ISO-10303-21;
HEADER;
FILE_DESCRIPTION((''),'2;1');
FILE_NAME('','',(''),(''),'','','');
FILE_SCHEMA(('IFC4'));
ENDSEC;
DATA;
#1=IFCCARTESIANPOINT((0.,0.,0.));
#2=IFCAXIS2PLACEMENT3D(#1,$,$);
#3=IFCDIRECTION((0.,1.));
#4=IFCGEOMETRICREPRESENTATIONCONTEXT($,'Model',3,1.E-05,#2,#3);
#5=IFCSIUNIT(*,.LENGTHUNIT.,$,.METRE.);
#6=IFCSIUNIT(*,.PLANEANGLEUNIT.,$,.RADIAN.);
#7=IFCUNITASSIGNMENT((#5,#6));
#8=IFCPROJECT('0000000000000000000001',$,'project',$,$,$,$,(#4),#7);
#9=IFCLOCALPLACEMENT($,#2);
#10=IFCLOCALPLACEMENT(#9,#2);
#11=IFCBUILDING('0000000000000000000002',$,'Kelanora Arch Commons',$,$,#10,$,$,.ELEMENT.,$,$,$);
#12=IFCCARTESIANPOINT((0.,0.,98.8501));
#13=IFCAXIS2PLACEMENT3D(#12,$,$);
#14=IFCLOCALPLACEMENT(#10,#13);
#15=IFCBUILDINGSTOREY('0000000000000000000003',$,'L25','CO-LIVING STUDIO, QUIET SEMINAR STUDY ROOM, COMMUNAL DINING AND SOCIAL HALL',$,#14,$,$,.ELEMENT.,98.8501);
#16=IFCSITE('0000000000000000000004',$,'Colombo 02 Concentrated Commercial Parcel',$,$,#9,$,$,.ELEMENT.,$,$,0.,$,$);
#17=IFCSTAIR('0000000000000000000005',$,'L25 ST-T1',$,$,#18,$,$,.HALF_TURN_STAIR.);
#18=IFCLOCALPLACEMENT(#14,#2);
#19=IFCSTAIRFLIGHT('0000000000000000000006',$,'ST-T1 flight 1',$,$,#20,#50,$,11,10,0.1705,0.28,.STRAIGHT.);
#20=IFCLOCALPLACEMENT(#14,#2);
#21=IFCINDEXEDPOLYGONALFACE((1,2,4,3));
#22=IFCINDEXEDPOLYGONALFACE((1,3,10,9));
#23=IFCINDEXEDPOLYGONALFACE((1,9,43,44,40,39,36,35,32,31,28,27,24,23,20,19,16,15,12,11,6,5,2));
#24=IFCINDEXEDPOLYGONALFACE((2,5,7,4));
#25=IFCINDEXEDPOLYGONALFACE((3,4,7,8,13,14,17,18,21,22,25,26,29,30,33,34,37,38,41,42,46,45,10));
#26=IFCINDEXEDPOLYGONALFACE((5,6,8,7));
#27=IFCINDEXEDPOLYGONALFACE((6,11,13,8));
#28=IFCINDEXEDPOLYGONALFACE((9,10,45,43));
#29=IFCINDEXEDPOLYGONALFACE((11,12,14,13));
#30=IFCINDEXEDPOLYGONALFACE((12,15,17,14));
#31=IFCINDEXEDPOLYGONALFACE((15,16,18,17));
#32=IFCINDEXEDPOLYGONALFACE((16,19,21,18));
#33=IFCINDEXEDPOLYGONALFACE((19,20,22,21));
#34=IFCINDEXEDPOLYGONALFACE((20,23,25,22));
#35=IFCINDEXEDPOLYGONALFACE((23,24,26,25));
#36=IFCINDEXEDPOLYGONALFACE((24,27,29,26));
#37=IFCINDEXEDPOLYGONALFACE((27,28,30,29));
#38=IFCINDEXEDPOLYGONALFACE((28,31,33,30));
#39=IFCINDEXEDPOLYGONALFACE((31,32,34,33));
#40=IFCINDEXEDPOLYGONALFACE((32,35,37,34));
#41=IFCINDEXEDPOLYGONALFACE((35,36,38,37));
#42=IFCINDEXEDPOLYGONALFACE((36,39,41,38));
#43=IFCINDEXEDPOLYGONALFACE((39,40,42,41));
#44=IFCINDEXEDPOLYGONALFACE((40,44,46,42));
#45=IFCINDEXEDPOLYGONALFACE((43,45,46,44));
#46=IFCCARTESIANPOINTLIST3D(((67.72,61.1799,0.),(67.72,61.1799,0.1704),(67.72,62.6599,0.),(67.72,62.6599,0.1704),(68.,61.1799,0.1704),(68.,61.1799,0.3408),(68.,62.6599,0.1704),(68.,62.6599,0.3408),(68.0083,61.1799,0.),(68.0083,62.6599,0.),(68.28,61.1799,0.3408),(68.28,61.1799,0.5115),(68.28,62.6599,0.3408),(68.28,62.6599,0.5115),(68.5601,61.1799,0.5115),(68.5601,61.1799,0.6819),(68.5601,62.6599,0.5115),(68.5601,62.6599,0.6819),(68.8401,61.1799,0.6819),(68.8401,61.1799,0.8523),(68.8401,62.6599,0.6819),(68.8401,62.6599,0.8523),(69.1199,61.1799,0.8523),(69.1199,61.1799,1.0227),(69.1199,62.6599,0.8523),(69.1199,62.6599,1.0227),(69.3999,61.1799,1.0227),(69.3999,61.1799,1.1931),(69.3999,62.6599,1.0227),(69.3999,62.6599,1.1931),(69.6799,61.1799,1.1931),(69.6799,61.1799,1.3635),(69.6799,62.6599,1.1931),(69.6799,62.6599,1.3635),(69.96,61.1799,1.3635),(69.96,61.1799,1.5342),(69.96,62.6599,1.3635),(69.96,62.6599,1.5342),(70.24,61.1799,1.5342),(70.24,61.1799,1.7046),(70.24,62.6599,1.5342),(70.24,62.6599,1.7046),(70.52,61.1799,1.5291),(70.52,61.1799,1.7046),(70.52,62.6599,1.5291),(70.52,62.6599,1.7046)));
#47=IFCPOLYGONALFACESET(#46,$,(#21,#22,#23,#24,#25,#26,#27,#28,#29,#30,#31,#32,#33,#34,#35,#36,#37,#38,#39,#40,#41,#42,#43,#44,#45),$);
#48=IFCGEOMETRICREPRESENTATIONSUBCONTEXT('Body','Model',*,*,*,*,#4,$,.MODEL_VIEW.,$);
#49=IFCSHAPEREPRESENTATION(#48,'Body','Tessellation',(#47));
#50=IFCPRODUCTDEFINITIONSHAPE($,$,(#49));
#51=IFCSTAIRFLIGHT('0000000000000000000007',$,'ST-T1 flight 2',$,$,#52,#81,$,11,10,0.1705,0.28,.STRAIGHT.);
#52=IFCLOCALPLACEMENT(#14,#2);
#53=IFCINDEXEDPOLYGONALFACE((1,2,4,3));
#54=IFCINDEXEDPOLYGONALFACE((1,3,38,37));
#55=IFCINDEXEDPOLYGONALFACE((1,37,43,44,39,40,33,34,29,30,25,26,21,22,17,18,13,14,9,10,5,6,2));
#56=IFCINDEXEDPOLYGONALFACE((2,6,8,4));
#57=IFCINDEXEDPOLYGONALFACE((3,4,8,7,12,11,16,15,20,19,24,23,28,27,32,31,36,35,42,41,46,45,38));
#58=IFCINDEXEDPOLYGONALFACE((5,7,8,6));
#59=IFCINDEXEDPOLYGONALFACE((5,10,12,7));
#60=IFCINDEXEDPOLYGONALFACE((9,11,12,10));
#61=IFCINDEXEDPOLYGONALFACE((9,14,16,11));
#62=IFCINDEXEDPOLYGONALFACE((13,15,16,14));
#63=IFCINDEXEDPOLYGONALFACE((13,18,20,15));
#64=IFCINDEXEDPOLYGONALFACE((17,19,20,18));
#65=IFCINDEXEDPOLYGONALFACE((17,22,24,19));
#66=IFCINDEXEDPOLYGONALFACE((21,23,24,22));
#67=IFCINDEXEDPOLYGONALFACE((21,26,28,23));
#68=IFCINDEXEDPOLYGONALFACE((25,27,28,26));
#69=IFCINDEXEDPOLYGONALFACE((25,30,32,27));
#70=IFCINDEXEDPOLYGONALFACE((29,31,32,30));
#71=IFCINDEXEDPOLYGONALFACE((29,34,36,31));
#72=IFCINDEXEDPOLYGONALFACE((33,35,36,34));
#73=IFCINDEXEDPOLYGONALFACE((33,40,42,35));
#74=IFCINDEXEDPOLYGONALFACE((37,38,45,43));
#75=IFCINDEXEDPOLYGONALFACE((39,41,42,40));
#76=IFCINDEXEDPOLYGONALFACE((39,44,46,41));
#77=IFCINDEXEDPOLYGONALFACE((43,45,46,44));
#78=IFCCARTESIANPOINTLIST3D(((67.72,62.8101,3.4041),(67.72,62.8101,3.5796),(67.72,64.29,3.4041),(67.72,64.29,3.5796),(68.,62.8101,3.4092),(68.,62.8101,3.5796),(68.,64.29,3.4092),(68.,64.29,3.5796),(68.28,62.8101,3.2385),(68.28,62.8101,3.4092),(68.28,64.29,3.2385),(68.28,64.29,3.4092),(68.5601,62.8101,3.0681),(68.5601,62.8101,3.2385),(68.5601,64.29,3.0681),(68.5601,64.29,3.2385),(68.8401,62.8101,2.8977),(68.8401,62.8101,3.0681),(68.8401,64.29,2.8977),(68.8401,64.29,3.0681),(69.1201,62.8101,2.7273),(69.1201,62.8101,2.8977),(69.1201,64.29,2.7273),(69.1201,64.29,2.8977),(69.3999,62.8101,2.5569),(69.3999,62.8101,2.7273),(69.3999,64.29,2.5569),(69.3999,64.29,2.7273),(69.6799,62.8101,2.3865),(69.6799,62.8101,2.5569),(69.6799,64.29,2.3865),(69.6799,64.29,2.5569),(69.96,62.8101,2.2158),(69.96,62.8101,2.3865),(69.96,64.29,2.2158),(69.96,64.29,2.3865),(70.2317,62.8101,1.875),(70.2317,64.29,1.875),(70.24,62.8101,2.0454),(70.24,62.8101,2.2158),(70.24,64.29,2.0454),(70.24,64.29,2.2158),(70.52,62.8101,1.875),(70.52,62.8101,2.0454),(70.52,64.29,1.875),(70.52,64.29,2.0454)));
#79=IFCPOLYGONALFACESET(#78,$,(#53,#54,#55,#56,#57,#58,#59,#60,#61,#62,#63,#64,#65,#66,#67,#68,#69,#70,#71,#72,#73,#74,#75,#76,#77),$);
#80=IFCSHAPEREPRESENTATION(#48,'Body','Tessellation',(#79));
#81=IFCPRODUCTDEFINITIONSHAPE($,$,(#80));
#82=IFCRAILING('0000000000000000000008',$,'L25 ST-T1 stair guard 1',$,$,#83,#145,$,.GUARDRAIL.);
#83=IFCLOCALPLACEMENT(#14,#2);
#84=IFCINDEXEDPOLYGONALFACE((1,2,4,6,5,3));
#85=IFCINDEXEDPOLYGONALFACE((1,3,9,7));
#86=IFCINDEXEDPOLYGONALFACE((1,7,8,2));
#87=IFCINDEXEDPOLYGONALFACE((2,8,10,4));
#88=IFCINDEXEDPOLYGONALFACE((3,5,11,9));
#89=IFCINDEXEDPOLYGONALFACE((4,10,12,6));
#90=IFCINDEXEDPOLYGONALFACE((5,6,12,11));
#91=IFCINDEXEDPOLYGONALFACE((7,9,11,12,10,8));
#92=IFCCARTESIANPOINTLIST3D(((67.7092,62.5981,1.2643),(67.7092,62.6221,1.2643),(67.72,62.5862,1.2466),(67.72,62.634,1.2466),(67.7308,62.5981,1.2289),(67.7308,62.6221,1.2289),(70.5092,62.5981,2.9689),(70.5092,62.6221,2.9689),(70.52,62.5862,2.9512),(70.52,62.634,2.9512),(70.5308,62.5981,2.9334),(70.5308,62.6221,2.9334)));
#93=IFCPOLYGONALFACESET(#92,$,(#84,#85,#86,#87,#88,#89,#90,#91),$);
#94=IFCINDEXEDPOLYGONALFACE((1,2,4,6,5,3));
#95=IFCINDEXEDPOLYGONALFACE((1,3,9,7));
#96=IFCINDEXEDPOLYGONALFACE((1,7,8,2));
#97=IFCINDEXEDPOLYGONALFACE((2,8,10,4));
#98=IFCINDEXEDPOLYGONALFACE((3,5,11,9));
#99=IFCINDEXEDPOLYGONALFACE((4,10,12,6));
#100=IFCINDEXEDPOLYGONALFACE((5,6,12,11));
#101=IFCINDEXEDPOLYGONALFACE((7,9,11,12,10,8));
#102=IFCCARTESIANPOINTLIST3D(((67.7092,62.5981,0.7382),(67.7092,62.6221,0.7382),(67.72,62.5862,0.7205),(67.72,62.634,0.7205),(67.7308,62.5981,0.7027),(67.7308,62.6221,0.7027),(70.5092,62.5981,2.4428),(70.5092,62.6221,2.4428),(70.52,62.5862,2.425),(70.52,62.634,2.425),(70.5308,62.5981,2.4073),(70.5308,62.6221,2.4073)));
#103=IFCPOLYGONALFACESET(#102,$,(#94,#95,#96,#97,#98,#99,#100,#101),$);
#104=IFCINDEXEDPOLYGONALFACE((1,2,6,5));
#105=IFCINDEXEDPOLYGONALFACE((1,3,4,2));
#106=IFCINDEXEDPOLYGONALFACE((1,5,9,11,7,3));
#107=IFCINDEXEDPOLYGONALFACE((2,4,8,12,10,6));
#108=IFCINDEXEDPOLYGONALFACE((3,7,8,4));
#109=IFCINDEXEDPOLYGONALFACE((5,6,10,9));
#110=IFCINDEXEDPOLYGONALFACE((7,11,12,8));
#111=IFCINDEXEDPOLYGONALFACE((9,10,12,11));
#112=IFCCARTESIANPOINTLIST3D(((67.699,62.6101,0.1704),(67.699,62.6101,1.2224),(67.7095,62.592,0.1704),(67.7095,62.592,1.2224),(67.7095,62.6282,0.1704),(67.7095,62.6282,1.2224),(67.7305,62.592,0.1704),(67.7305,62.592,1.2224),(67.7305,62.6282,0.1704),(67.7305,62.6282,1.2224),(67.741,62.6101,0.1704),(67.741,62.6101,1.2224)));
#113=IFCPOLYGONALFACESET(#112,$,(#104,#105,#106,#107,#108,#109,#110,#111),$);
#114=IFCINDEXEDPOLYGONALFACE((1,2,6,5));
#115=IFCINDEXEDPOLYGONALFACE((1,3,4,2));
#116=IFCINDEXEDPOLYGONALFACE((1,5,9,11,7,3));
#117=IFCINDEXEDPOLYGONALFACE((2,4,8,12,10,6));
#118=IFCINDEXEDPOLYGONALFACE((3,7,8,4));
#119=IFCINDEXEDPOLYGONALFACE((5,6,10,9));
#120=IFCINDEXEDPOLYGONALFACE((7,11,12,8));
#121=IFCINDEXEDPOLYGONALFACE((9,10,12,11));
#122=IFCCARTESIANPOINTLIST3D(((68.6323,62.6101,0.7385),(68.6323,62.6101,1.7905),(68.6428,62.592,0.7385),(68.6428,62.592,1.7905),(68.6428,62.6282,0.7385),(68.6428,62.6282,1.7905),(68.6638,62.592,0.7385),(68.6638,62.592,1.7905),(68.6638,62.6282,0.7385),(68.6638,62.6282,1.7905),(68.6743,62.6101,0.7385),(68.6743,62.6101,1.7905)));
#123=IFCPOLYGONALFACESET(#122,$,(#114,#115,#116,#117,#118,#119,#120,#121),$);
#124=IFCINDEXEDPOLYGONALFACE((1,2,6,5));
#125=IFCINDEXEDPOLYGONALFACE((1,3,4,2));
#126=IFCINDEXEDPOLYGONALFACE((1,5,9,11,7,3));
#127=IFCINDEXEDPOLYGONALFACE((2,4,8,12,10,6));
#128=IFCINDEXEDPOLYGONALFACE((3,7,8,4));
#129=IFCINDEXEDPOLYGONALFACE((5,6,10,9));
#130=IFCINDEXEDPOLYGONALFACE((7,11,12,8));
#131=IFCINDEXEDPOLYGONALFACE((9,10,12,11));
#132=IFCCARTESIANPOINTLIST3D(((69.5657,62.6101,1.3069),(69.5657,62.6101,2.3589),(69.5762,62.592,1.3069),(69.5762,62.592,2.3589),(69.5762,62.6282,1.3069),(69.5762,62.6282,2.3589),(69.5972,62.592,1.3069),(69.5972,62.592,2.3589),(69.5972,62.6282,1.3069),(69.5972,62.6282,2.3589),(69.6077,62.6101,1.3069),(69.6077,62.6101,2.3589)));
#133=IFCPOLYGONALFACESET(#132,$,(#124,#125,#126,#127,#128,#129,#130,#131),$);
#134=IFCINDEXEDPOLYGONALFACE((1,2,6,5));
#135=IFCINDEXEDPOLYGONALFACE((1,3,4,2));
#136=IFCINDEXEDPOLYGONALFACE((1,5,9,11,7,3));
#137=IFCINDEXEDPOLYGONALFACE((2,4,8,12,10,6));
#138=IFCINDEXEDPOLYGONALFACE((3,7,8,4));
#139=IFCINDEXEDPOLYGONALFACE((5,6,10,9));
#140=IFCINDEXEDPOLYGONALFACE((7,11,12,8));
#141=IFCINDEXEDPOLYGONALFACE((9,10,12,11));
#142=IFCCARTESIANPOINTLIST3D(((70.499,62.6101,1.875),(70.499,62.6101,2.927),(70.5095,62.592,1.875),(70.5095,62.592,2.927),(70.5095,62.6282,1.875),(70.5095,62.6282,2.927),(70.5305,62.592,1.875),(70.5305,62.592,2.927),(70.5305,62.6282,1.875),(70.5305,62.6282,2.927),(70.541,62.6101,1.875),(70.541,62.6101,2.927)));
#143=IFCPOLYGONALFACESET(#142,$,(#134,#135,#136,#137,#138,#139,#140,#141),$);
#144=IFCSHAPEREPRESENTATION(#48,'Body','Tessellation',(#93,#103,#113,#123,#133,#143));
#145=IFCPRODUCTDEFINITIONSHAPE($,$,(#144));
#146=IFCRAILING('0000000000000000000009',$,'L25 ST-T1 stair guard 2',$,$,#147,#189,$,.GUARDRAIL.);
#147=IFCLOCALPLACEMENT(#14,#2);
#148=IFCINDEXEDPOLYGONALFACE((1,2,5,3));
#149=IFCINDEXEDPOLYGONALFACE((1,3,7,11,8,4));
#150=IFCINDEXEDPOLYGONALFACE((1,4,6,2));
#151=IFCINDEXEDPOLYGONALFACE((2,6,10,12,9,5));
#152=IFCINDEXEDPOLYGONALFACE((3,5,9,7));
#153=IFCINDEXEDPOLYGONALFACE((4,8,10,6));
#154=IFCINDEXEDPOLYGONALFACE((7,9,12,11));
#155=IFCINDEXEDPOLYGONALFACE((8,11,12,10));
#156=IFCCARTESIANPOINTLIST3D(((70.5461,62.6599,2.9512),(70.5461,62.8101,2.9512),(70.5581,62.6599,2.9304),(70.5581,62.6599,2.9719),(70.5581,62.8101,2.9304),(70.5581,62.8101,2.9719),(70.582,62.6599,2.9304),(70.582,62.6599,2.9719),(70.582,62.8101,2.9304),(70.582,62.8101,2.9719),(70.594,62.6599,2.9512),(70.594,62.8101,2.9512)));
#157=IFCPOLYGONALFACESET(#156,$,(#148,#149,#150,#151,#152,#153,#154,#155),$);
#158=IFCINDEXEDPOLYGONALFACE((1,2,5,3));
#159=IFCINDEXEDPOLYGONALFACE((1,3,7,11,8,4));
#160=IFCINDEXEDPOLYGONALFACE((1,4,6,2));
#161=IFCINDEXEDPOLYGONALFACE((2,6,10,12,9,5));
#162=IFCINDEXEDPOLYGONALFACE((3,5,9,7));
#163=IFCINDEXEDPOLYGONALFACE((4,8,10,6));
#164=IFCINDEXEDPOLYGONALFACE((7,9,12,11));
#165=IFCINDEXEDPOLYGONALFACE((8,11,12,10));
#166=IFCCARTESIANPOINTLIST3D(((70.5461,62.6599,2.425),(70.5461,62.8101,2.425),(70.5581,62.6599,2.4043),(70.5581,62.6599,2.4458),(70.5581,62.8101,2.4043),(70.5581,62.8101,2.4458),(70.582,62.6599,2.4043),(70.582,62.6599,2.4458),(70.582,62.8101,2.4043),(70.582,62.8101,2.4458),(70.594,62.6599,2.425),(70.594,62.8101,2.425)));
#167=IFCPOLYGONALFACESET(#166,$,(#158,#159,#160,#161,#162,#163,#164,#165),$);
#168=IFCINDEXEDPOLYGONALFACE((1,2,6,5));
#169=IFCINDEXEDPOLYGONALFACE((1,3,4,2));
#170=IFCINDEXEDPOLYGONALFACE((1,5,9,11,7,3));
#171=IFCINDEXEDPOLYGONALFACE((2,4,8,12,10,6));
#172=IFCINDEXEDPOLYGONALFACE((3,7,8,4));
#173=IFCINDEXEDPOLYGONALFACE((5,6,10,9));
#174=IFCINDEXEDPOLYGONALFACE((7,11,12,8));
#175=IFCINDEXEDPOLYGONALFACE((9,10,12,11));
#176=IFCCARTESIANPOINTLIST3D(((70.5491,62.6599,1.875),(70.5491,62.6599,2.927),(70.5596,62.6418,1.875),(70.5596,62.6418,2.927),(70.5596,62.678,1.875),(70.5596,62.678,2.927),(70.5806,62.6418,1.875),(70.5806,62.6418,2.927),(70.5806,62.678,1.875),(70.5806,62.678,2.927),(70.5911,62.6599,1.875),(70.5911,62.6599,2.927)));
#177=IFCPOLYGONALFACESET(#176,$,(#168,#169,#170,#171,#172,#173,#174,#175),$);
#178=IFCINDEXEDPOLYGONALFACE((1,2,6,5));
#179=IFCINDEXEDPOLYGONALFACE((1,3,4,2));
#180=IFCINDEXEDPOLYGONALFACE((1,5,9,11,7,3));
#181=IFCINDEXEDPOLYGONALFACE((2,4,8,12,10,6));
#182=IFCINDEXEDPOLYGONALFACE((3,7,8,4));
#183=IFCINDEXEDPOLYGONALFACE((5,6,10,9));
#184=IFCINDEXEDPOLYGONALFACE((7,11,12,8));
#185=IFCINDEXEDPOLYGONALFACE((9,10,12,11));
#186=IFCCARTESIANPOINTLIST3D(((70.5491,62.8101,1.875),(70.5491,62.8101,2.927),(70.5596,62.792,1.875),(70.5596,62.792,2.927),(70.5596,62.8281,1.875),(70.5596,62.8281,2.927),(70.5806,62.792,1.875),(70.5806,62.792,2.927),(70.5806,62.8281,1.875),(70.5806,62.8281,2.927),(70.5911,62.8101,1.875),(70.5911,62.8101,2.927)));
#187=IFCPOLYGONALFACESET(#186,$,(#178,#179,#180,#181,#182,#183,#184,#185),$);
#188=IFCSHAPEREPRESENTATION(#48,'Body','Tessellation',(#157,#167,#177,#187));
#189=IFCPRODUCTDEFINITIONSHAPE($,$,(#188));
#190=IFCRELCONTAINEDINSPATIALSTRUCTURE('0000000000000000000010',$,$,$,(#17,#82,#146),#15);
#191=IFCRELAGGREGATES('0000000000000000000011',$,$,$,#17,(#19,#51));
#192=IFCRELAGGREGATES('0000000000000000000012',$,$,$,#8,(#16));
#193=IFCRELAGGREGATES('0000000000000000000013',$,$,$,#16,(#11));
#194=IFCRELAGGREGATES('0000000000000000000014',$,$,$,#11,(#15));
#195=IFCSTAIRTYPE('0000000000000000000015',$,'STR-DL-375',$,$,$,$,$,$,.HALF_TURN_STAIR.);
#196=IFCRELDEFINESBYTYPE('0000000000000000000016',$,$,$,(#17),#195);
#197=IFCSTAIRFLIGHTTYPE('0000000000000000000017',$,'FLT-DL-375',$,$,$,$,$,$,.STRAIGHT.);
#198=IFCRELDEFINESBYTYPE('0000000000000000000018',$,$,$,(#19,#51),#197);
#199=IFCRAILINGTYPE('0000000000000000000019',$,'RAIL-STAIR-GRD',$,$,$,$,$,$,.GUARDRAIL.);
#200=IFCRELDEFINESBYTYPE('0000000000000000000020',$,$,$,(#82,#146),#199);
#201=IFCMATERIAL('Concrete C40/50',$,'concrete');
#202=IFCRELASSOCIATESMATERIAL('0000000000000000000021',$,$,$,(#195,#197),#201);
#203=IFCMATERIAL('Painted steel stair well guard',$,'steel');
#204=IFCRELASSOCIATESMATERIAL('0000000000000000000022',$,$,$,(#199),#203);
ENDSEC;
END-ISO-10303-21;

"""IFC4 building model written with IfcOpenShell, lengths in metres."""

from ifc_helpers import new_model, si_unit, direction, frame, origin, place, context, subcontext, project, spatial, polyline, outline, extrude, material, type_object, element, aggregate, save


model = new_model("IFC4")

# Units and contexts
model_context = context("Model", 3, precision=1e-05, world=origin(), true_north=direction((0.0, 1.0)))
body_context = subcontext(model_context, "Body", "Model", "MODEL_VIEW")
ifc_project = project(units=[si_unit("LENGTHUNIT", "METRE"), si_unit("PLANEANGLEUNIT", "RADIAN")], contexts=[model_context])

# Site, building, storey
site_placement = place(None, origin())
site = spatial("IfcSite", under=ifc_project, at=site_placement, Name="Colombo 02 Concentrated Commercial Parcel", CompositionType="ELEMENT", RefElevation=0.0)
building_placement = place(site_placement, origin())
building = spatial("IfcBuilding", under=site, at=building_placement, Name="Kelanora Arch Commons", CompositionType="ELEMENT")
storey_placement = place(building_placement, frame((0.0, 0.0, 98.8501)))
storey = spatial("IfcBuildingStorey", under=building, at=storey_placement, Name="L25", Description="CO-LIVING STUDIO, QUIET SEMINAR STUDY ROOM, COMMUNAL DINING AND SOCIAL HALL", CompositionType="ELEMENT", Elevation=98.8501)

# Shared definitions
ifc_material_1 = material(Name="Concrete C40/50", Category="concrete")

# Stair, stair flights
stair_type = type_object("IfcStairType", Name="STR-DL-375", PredefinedType="HALF_TURN_STAIR", material=ifc_material_1)
stair_placement = place(storey_placement, origin())
stair = element("IfcStair", 1, at=stair_placement, inside=storey, type_object=stair_type, Name="L25 ST-T1", PredefinedType="HALF_TURN_STAIR")
stair_flight_type = type_object("IfcStairFlightType", Name="FLT-DL-375", PredefinedType="STRAIGHT", material=ifc_material_1)
stair_flight_1_placement = place(storey_placement, frame((67.72, 61.9199, 0.0), z_axis=(0.0, 0.0, 1.0), x_axis=(1.0, 0.0, 0.0)))
stair_flight_1 = element("IfcStairFlight", 2, at=stair_flight_1_placement, type_object=stair_flight_type, Name="ST-T1 flight 1", NumberOfRisers=11, NumberOfTreads=10, PredefinedType="STRAIGHT", RiserHeight=0.1705, TreadLength=0.28, context=body_context, shape_type="SweptSolid", body=[
    extrude(outline(polyline([(0.0, 0.0), (0.0, 0.1704), (0.28, 0.1704), (0.28, 0.3408), (0.5601, 0.3408), (0.5601, 0.5115), (0.8401, 0.5115), (0.8401, 0.6819), (1.1201, 0.6819), (1.1201, 0.8523), (1.3999, 0.8523), (1.3999, 1.0227), (1.6799, 1.0227), (1.6799, 1.1931), (1.96, 1.1931), (1.96, 1.3635), (2.24, 1.3635), (2.24, 1.5342), (2.52, 1.5342), (2.52, 1.7046), (2.8, 1.7046), (2.8, 1.875), (2.8, 1.5291), (0.2883, 0.0), (0.0, 0.0)])), frame((0.0, 0.74, 0.0), z_axis=(0.0, -1.0, 0.0), x_axis=(1.0, 0.0, 0.0)), (0.0, 0.0, 1.0), 1.48),
])
stair_flight_2_placement = place(storey_placement, frame((70.52, 63.55, 1.875), z_axis=(0.0, 0.0, 1.0), x_axis=(-1.0, 0.0, 0.0)))
stair_flight_2 = element("IfcStairFlight", 3, at=stair_flight_2_placement, type_object=stair_flight_type, Name="ST-T1 flight 2", NumberOfRisers=11, NumberOfTreads=10, PredefinedType="STRAIGHT", RiserHeight=0.1705, TreadLength=0.28, context=body_context, shape_type="SweptSolid", body=[
    extrude(outline(polyline([(0.0, 0.0), (0.0, 0.1704), (0.28, 0.1704), (0.28, 0.3408), (0.5601, 0.3408), (0.5601, 0.5115), (0.8401, 0.5115), (0.8401, 0.6819), (1.1201, 0.6819), (1.1201, 0.8523), (1.3999, 0.8523), (1.3999, 1.0227), (1.6799, 1.0227), (1.6799, 1.1931), (1.96, 1.1931), (1.96, 1.3635), (2.24, 1.3635), (2.24, 1.5342), (2.52, 1.5342), (2.52, 1.7046), (2.8, 1.7046), (2.8, 1.875), (2.8, 1.5291), (0.2883, 0.0), (0.0, 0.0)])), frame((0.0, 0.74, 0.0), z_axis=(0.0, -1.0, 0.0), x_axis=(1.0, 0.0, 0.0)), (0.0, 0.0, 1.0), 1.48),
])
aggregate(stair, [stair_flight_1, stair_flight_2])

# Railings
ifc_material_2 = material(Name="Painted steel stair well guard", Category="steel")
railing_type_1 = type_object("IfcRailingType", Name="RAIL-STAIR-GRD", PredefinedType="GUARDRAIL", material=ifc_material_2)
railing_1_placement = place(storey_placement, frame((67.72, 62.6101, 0.1704)))
element("IfcRailing", 4, at=railing_1_placement, inside=storey, type_object=railing_type_1, Name="L25 ST-T1 stair guard 1", PredefinedType="GUARDRAIL", context=body_context, shape_type="SweptSolid", body=[
    extrude(outline(polyline([(0.0239, 0.0), (0.012, 0.0208), (-0.012, 0.0208), (-0.0239, 0.0), (-0.012, -0.0208), (0.012, -0.0208), (0.0239, 0.0)])), frame((0.0, 0.0, 1.0762), z_axis=(0.85417, 0.0, 0.519994), x_axis=(0.0, 1.0, 0.0)), (0.0, 0.0, 1.0), 3.2781),
    extrude(outline(polyline([(0.0239, 0.0), (0.012, 0.0208), (-0.012, 0.0208), (-0.0239, 0.0), (-0.012, -0.0208), (0.012, -0.0208), (0.0239, 0.0)])), frame((0.0, 0.0, 0.55), z_axis=(0.85417, 0.0, 0.519994), x_axis=(0.0, 1.0, 0.0)), (0.0, 0.0, 1.0), 3.2781),
    extrude(outline(polyline([(0.021, 0.0), (0.0105, 0.0181), (-0.0105, 0.0181), (-0.021, 0.0), (-0.0105, -0.0181), (0.0105, -0.0181), (0.021, 0.0)])), origin(), (0.0, 0.0, 1.0), 1.052),
    extrude(outline(polyline([(0.021, 0.0), (0.0105, 0.0181), (-0.0105, 0.0181), (-0.021, 0.0), (-0.0105, -0.0181), (0.0105, -0.0181), (0.021, 0.0)])), frame((0.9333, 0.0, 0.5681)), (0.0, 0.0, 1.0), 1.052),
    extrude(outline(polyline([(0.021, 0.0), (0.0105, 0.0181), (-0.0105, 0.0181), (-0.021, 0.0), (-0.0105, -0.0181), (0.0105, -0.0181), (0.021, 0.0)])), frame((1.8667, 0.0, 1.1365)), (0.0, 0.0, 1.0), 1.052),
    extrude(outline(polyline([(0.021, 0.0), (0.0105, 0.0181), (-0.0105, 0.0181), (-0.021, 0.0), (-0.0105, -0.0181), (0.0105, -0.0181), (0.021, 0.0)])), frame((2.8, 0.0, 1.7046)), (0.0, 0.0, 1.0), 1.052),
])
railing_2_placement = place(storey_placement, frame((70.5701, 62.6599, 1.875)))
element("IfcRailing", 5, at=railing_2_placement, inside=storey, type_object=railing_type_1, Name="L25 ST-T1 stair guard 2", PredefinedType="GUARDRAIL", context=body_context, shape_type="SweptSolid", body=[
    extrude(outline(polyline([(0.0239, 0.0), (0.012, 0.0208), (-0.012, 0.0208), (-0.0239, 0.0), (-0.012, -0.0208), (0.012, -0.0208), (0.0239, 0.0)])), frame((0.0, 0.0, 1.0762), z_axis=(0.0, 1.0, 0.0), x_axis=(-1.0, 0.0, 0.0)), (0.0, 0.0, 1.0), 0.1501),
    extrude(outline(polyline([(0.0239, 0.0), (0.012, 0.0208), (-0.012, 0.0208), (-0.0239, 0.0), (-0.012, -0.0208), (0.012, -0.0208), (0.0239, 0.0)])), frame((0.0, 0.0, 0.55), z_axis=(0.0, 1.0, 0.0), x_axis=(-1.0, 0.0, 0.0)), (0.0, 0.0, 1.0), 0.1501),
    extrude(outline(polyline([(0.021, 0.0), (0.0105, 0.0181), (-0.0105, 0.0181), (-0.021, 0.0), (-0.0105, -0.0181), (0.0105, -0.0181), (0.021, 0.0)])), origin(), (0.0, 0.0, 1.0), 1.052),
    extrude(outline(polyline([(0.021, 0.0), (0.0105, 0.0181), (-0.0105, 0.0181), (-0.021, 0.0), (-0.0105, -0.0181), (0.0105, -0.0181), (0.021, 0.0)])), frame((0.0, 0.1501, 0.0)), (0.0, 0.0, 1.0), 1.052),
])

save(model, "model.ifc")
